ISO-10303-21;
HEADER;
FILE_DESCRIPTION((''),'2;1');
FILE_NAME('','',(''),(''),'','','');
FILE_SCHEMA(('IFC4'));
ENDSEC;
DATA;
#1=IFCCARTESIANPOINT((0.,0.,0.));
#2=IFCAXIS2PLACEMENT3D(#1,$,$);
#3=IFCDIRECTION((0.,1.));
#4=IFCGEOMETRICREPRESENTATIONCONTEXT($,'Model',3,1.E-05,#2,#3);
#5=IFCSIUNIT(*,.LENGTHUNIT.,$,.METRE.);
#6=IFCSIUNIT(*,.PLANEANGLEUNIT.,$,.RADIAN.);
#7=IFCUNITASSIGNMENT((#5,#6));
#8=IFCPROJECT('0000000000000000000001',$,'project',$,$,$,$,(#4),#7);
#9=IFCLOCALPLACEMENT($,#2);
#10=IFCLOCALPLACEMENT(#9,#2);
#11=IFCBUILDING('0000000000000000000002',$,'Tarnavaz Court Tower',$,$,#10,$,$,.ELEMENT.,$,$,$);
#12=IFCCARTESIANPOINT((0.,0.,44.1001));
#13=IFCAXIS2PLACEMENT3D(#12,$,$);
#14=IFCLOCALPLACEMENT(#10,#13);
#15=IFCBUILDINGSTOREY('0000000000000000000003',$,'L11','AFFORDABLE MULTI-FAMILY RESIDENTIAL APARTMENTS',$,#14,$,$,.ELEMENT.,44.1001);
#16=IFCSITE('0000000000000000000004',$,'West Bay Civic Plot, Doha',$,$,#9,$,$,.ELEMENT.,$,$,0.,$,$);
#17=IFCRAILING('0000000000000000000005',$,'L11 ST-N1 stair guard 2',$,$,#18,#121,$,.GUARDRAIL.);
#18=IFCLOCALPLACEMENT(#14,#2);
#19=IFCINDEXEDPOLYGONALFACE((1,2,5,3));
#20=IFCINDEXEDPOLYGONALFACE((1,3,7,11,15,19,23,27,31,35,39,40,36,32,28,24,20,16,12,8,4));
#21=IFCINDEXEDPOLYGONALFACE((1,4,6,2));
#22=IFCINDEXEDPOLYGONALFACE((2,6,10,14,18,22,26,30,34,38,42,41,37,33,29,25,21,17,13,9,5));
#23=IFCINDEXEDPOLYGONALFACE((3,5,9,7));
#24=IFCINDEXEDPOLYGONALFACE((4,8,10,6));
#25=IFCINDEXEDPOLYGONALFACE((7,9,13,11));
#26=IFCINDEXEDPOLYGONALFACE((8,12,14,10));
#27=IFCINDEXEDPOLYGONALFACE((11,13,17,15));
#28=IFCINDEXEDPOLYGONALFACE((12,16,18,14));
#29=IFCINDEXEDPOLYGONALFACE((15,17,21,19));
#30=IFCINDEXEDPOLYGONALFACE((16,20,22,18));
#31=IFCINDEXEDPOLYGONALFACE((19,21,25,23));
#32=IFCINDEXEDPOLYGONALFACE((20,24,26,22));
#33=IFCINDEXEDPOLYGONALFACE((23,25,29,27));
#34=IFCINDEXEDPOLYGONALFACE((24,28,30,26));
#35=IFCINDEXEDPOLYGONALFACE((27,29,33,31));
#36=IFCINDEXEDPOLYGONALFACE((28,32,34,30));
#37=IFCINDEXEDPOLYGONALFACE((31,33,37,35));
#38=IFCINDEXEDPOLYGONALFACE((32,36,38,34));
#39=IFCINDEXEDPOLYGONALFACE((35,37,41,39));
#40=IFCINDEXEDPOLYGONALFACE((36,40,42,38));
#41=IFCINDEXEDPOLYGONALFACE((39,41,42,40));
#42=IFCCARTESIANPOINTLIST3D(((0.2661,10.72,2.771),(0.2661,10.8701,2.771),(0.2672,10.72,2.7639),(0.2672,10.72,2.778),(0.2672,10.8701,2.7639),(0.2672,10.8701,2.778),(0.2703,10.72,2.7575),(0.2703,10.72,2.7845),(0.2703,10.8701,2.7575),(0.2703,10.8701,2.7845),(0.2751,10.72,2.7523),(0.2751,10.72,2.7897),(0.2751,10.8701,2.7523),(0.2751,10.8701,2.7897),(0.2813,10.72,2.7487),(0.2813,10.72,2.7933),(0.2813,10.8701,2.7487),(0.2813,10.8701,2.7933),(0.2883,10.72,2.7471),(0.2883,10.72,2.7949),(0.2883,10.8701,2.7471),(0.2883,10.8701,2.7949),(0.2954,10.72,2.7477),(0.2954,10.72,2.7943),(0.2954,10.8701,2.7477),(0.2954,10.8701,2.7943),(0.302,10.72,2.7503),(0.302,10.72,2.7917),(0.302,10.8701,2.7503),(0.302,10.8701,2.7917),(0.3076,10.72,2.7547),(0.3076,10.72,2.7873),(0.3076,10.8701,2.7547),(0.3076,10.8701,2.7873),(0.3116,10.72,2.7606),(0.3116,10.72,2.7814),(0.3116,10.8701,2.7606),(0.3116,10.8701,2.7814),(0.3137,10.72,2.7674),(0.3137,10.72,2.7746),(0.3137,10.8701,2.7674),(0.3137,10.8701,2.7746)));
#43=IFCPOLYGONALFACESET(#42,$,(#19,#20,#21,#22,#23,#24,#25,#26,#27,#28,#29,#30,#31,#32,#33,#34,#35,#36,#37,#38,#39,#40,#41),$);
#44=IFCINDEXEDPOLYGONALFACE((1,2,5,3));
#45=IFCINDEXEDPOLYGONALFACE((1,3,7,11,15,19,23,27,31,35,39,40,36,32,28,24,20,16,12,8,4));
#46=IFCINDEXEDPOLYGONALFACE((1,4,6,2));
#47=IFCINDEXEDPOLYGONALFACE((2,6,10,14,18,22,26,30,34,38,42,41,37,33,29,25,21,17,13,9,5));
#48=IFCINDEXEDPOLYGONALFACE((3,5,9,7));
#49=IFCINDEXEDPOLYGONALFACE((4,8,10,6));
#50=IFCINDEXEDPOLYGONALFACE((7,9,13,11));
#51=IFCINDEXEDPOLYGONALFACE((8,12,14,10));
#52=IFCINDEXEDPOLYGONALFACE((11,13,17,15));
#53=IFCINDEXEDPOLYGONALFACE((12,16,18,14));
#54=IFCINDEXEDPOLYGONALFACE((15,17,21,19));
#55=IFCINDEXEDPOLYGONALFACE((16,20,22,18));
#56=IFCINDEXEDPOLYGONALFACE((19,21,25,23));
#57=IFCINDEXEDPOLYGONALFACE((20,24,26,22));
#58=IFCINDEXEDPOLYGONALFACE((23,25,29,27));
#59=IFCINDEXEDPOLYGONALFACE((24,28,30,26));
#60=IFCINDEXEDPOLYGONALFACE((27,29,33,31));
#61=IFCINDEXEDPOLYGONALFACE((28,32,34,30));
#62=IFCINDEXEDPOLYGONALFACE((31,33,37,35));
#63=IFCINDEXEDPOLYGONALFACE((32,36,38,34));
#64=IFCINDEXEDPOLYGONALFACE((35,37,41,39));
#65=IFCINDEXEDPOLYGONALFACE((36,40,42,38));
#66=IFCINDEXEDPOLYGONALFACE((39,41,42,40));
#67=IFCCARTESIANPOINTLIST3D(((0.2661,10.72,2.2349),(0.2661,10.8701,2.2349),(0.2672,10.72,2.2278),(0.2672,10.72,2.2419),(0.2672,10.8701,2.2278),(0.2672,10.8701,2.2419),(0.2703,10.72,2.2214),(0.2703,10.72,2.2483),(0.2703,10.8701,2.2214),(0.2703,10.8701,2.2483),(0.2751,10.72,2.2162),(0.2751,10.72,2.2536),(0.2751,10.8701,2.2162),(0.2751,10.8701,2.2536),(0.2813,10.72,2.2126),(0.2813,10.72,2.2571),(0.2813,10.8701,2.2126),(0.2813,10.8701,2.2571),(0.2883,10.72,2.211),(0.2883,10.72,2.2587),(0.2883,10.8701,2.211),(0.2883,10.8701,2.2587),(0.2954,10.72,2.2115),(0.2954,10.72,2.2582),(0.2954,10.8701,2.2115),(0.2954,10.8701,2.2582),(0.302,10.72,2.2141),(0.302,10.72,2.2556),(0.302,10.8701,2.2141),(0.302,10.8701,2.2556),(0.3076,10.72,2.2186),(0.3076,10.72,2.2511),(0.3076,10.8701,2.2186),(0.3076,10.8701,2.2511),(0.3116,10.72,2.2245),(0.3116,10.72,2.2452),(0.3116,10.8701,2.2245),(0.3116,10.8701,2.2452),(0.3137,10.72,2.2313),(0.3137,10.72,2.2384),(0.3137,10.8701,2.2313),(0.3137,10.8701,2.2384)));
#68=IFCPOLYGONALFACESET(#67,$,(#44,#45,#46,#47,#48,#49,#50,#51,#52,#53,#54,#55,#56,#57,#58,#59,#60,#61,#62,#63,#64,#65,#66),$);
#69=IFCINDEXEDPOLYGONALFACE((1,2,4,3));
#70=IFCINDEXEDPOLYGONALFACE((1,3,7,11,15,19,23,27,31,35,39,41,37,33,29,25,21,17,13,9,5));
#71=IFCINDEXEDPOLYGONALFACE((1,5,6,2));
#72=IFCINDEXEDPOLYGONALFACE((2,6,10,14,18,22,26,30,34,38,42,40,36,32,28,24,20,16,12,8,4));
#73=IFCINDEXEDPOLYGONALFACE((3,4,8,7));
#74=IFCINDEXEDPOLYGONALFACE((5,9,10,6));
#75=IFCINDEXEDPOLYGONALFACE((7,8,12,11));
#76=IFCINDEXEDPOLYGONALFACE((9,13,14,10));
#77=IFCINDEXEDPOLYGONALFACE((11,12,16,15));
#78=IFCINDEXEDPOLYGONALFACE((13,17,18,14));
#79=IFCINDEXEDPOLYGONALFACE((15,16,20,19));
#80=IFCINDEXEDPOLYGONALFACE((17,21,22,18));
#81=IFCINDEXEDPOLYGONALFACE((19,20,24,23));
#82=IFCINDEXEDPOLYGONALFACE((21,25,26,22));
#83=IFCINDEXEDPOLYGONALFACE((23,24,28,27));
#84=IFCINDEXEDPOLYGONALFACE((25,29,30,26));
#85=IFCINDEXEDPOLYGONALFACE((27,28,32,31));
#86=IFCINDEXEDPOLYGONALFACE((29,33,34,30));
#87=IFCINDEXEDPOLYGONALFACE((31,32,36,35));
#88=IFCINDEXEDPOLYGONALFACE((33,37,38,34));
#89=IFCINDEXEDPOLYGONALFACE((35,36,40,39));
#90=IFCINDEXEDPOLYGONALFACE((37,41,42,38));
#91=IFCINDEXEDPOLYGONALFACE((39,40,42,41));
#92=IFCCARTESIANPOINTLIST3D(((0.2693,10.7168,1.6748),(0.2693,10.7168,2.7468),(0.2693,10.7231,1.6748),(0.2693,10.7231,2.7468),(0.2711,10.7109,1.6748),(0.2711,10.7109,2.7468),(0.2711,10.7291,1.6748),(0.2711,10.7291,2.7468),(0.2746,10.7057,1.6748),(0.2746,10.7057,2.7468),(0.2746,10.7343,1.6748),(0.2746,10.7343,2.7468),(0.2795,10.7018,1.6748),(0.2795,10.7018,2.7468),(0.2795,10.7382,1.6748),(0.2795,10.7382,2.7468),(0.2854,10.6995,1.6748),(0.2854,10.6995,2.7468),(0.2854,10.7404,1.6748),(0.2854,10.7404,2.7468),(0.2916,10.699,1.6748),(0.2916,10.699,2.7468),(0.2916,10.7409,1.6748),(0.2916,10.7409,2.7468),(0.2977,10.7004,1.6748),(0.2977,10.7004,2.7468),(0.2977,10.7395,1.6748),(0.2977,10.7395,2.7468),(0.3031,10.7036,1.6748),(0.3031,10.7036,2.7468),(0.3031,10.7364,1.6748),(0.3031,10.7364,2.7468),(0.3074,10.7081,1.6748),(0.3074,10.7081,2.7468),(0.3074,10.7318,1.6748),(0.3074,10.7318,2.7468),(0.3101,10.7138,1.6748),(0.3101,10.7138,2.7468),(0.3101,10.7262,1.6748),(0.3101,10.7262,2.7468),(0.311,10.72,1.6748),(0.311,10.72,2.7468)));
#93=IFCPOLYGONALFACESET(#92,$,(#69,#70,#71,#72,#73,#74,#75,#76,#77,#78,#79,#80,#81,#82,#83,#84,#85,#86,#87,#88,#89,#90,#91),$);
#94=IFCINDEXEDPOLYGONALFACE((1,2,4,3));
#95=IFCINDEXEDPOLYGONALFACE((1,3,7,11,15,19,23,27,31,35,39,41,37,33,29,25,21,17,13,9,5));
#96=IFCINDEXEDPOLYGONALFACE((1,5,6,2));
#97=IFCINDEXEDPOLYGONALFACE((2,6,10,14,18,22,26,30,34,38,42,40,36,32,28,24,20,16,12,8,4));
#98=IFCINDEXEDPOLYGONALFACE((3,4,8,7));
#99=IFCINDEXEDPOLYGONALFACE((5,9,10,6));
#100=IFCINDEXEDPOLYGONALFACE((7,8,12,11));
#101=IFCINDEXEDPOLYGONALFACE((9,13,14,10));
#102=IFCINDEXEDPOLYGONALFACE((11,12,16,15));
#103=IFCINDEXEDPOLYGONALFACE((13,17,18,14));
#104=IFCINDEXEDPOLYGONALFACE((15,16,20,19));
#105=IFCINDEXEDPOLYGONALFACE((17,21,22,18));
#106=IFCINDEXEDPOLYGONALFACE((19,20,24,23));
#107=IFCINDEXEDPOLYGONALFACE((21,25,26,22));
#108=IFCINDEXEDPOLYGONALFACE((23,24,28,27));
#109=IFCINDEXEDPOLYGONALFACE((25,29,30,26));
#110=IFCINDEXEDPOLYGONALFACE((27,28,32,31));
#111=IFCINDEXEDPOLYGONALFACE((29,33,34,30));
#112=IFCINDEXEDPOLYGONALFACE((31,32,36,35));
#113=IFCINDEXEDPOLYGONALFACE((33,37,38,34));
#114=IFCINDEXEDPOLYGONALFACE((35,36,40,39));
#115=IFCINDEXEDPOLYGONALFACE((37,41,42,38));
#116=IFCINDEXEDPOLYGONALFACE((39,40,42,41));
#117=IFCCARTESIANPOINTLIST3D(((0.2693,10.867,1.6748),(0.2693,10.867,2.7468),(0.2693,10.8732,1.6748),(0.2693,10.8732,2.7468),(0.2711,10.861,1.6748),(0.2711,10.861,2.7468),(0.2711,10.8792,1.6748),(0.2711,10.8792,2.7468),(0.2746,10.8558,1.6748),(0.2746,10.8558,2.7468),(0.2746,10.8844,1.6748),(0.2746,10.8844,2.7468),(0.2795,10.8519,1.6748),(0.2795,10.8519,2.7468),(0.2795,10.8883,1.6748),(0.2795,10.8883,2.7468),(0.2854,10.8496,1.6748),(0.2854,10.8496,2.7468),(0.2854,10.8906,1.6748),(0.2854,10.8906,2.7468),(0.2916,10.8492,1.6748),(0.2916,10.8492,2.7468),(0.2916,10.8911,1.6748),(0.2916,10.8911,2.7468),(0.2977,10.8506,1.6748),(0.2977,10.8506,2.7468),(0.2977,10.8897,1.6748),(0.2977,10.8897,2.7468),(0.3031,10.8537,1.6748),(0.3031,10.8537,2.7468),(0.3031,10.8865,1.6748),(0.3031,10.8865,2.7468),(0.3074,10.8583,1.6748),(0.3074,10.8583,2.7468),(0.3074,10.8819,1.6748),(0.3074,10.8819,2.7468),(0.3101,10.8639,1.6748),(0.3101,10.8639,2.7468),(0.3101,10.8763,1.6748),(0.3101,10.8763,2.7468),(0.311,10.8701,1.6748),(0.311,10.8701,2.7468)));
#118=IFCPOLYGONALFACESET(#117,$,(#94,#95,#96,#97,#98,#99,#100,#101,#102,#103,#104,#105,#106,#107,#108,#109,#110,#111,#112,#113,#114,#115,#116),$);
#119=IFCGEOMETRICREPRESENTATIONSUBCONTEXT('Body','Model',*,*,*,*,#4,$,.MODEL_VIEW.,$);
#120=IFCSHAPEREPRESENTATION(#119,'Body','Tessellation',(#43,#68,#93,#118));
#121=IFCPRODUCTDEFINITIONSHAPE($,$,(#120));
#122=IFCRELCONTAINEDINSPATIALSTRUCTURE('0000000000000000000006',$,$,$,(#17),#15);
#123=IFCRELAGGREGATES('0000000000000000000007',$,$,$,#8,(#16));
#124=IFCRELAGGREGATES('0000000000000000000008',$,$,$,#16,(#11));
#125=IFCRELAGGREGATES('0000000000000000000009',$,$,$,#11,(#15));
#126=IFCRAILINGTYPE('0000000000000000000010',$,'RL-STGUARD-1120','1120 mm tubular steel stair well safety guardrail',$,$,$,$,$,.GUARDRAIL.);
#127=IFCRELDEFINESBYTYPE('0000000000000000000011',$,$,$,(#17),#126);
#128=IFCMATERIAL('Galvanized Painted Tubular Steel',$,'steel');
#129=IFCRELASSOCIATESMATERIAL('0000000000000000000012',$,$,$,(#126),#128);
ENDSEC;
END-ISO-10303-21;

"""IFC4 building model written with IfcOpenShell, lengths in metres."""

from ifc_helpers import new_model, si_unit, direction, frame, origin, origin_2d, place, context, subcontext, project, spatial, circle, extrude, material, type_object, element, save


model = new_model("IFC4")

# Units and contexts
model_context = context("Model", 3, precision=1e-05, world=origin(), true_north=direction((0.0, 1.0)))
body_context = subcontext(model_context, "Body", "Model", "MODEL_VIEW")
ifc_project = project(units=[si_unit("LENGTHUNIT", "METRE"), si_unit("PLANEANGLEUNIT", "RADIAN")], contexts=[model_context])

# Site, building, storey
site_placement = place(None, origin())
site = spatial("IfcSite", under=ifc_project, at=site_placement, Name="West Bay Civic Plot, Doha", CompositionType="ELEMENT", RefElevation=0.0)
building_placement = place(site_placement, origin())
building = spatial("IfcBuilding", under=site, at=building_placement, Name="Tarnavaz Court Tower", CompositionType="ELEMENT")
storey_placement = place(building_placement, frame((0.0, 0.0, 44.1001)))
storey = spatial("IfcBuildingStorey", under=building, at=storey_placement, Name="L11", Description="AFFORDABLE MULTI-FAMILY RESIDENTIAL APARTMENTS", CompositionType="ELEMENT", Elevation=44.1001)

# Railing
ifc_material_1 = material(Name="Galvanized Painted Tubular Steel", Category="steel")
railing_type_1 = type_object("IfcRailingType", Name="RL-STGUARD-1120", Description="1120 mm tubular steel stair well safety guardrail", PredefinedType="GUARDRAIL", material=ifc_material_1)
railing_1_placement = place(storey_placement, frame((0.29, 10.72, 1.6748)))
element("IfcRailing", 1, at=railing_1_placement, inside=storey, type_object=railing_type_1, Name="L11 ST-N1 stair guard 2", PredefinedType="GUARDRAIL", context=body_context, shape_type="SweptSolid", body=[
    extrude(circle(Radius=0.0239, at=origin_2d()), frame((0.0, 0.0, 1.0962), z_axis=(0.0, 1.0, 0.0), x_axis=(-1.0, 0.0, 0.0)), (0.0, 0.0, 1.0), 0.1501),
    extrude(circle(Radius=0.0239, at=origin_2d()), frame((0.0, 0.0, 0.5601), z_axis=(0.0, 1.0, 0.0), x_axis=(-1.0, 0.0, 0.0)), (0.0, 0.0, 1.0), 0.1501),
    extrude(circle(Radius=0.021, at=origin_2d()), origin(), (0.0, 0.0, 1.0), 1.072),
    extrude(circle(Radius=0.021, at=origin_2d()), frame((0.0, 0.1501, 0.0)), (0.0, 0.0, 1.0), 1.072),
])

save(model, "model.ifc")
